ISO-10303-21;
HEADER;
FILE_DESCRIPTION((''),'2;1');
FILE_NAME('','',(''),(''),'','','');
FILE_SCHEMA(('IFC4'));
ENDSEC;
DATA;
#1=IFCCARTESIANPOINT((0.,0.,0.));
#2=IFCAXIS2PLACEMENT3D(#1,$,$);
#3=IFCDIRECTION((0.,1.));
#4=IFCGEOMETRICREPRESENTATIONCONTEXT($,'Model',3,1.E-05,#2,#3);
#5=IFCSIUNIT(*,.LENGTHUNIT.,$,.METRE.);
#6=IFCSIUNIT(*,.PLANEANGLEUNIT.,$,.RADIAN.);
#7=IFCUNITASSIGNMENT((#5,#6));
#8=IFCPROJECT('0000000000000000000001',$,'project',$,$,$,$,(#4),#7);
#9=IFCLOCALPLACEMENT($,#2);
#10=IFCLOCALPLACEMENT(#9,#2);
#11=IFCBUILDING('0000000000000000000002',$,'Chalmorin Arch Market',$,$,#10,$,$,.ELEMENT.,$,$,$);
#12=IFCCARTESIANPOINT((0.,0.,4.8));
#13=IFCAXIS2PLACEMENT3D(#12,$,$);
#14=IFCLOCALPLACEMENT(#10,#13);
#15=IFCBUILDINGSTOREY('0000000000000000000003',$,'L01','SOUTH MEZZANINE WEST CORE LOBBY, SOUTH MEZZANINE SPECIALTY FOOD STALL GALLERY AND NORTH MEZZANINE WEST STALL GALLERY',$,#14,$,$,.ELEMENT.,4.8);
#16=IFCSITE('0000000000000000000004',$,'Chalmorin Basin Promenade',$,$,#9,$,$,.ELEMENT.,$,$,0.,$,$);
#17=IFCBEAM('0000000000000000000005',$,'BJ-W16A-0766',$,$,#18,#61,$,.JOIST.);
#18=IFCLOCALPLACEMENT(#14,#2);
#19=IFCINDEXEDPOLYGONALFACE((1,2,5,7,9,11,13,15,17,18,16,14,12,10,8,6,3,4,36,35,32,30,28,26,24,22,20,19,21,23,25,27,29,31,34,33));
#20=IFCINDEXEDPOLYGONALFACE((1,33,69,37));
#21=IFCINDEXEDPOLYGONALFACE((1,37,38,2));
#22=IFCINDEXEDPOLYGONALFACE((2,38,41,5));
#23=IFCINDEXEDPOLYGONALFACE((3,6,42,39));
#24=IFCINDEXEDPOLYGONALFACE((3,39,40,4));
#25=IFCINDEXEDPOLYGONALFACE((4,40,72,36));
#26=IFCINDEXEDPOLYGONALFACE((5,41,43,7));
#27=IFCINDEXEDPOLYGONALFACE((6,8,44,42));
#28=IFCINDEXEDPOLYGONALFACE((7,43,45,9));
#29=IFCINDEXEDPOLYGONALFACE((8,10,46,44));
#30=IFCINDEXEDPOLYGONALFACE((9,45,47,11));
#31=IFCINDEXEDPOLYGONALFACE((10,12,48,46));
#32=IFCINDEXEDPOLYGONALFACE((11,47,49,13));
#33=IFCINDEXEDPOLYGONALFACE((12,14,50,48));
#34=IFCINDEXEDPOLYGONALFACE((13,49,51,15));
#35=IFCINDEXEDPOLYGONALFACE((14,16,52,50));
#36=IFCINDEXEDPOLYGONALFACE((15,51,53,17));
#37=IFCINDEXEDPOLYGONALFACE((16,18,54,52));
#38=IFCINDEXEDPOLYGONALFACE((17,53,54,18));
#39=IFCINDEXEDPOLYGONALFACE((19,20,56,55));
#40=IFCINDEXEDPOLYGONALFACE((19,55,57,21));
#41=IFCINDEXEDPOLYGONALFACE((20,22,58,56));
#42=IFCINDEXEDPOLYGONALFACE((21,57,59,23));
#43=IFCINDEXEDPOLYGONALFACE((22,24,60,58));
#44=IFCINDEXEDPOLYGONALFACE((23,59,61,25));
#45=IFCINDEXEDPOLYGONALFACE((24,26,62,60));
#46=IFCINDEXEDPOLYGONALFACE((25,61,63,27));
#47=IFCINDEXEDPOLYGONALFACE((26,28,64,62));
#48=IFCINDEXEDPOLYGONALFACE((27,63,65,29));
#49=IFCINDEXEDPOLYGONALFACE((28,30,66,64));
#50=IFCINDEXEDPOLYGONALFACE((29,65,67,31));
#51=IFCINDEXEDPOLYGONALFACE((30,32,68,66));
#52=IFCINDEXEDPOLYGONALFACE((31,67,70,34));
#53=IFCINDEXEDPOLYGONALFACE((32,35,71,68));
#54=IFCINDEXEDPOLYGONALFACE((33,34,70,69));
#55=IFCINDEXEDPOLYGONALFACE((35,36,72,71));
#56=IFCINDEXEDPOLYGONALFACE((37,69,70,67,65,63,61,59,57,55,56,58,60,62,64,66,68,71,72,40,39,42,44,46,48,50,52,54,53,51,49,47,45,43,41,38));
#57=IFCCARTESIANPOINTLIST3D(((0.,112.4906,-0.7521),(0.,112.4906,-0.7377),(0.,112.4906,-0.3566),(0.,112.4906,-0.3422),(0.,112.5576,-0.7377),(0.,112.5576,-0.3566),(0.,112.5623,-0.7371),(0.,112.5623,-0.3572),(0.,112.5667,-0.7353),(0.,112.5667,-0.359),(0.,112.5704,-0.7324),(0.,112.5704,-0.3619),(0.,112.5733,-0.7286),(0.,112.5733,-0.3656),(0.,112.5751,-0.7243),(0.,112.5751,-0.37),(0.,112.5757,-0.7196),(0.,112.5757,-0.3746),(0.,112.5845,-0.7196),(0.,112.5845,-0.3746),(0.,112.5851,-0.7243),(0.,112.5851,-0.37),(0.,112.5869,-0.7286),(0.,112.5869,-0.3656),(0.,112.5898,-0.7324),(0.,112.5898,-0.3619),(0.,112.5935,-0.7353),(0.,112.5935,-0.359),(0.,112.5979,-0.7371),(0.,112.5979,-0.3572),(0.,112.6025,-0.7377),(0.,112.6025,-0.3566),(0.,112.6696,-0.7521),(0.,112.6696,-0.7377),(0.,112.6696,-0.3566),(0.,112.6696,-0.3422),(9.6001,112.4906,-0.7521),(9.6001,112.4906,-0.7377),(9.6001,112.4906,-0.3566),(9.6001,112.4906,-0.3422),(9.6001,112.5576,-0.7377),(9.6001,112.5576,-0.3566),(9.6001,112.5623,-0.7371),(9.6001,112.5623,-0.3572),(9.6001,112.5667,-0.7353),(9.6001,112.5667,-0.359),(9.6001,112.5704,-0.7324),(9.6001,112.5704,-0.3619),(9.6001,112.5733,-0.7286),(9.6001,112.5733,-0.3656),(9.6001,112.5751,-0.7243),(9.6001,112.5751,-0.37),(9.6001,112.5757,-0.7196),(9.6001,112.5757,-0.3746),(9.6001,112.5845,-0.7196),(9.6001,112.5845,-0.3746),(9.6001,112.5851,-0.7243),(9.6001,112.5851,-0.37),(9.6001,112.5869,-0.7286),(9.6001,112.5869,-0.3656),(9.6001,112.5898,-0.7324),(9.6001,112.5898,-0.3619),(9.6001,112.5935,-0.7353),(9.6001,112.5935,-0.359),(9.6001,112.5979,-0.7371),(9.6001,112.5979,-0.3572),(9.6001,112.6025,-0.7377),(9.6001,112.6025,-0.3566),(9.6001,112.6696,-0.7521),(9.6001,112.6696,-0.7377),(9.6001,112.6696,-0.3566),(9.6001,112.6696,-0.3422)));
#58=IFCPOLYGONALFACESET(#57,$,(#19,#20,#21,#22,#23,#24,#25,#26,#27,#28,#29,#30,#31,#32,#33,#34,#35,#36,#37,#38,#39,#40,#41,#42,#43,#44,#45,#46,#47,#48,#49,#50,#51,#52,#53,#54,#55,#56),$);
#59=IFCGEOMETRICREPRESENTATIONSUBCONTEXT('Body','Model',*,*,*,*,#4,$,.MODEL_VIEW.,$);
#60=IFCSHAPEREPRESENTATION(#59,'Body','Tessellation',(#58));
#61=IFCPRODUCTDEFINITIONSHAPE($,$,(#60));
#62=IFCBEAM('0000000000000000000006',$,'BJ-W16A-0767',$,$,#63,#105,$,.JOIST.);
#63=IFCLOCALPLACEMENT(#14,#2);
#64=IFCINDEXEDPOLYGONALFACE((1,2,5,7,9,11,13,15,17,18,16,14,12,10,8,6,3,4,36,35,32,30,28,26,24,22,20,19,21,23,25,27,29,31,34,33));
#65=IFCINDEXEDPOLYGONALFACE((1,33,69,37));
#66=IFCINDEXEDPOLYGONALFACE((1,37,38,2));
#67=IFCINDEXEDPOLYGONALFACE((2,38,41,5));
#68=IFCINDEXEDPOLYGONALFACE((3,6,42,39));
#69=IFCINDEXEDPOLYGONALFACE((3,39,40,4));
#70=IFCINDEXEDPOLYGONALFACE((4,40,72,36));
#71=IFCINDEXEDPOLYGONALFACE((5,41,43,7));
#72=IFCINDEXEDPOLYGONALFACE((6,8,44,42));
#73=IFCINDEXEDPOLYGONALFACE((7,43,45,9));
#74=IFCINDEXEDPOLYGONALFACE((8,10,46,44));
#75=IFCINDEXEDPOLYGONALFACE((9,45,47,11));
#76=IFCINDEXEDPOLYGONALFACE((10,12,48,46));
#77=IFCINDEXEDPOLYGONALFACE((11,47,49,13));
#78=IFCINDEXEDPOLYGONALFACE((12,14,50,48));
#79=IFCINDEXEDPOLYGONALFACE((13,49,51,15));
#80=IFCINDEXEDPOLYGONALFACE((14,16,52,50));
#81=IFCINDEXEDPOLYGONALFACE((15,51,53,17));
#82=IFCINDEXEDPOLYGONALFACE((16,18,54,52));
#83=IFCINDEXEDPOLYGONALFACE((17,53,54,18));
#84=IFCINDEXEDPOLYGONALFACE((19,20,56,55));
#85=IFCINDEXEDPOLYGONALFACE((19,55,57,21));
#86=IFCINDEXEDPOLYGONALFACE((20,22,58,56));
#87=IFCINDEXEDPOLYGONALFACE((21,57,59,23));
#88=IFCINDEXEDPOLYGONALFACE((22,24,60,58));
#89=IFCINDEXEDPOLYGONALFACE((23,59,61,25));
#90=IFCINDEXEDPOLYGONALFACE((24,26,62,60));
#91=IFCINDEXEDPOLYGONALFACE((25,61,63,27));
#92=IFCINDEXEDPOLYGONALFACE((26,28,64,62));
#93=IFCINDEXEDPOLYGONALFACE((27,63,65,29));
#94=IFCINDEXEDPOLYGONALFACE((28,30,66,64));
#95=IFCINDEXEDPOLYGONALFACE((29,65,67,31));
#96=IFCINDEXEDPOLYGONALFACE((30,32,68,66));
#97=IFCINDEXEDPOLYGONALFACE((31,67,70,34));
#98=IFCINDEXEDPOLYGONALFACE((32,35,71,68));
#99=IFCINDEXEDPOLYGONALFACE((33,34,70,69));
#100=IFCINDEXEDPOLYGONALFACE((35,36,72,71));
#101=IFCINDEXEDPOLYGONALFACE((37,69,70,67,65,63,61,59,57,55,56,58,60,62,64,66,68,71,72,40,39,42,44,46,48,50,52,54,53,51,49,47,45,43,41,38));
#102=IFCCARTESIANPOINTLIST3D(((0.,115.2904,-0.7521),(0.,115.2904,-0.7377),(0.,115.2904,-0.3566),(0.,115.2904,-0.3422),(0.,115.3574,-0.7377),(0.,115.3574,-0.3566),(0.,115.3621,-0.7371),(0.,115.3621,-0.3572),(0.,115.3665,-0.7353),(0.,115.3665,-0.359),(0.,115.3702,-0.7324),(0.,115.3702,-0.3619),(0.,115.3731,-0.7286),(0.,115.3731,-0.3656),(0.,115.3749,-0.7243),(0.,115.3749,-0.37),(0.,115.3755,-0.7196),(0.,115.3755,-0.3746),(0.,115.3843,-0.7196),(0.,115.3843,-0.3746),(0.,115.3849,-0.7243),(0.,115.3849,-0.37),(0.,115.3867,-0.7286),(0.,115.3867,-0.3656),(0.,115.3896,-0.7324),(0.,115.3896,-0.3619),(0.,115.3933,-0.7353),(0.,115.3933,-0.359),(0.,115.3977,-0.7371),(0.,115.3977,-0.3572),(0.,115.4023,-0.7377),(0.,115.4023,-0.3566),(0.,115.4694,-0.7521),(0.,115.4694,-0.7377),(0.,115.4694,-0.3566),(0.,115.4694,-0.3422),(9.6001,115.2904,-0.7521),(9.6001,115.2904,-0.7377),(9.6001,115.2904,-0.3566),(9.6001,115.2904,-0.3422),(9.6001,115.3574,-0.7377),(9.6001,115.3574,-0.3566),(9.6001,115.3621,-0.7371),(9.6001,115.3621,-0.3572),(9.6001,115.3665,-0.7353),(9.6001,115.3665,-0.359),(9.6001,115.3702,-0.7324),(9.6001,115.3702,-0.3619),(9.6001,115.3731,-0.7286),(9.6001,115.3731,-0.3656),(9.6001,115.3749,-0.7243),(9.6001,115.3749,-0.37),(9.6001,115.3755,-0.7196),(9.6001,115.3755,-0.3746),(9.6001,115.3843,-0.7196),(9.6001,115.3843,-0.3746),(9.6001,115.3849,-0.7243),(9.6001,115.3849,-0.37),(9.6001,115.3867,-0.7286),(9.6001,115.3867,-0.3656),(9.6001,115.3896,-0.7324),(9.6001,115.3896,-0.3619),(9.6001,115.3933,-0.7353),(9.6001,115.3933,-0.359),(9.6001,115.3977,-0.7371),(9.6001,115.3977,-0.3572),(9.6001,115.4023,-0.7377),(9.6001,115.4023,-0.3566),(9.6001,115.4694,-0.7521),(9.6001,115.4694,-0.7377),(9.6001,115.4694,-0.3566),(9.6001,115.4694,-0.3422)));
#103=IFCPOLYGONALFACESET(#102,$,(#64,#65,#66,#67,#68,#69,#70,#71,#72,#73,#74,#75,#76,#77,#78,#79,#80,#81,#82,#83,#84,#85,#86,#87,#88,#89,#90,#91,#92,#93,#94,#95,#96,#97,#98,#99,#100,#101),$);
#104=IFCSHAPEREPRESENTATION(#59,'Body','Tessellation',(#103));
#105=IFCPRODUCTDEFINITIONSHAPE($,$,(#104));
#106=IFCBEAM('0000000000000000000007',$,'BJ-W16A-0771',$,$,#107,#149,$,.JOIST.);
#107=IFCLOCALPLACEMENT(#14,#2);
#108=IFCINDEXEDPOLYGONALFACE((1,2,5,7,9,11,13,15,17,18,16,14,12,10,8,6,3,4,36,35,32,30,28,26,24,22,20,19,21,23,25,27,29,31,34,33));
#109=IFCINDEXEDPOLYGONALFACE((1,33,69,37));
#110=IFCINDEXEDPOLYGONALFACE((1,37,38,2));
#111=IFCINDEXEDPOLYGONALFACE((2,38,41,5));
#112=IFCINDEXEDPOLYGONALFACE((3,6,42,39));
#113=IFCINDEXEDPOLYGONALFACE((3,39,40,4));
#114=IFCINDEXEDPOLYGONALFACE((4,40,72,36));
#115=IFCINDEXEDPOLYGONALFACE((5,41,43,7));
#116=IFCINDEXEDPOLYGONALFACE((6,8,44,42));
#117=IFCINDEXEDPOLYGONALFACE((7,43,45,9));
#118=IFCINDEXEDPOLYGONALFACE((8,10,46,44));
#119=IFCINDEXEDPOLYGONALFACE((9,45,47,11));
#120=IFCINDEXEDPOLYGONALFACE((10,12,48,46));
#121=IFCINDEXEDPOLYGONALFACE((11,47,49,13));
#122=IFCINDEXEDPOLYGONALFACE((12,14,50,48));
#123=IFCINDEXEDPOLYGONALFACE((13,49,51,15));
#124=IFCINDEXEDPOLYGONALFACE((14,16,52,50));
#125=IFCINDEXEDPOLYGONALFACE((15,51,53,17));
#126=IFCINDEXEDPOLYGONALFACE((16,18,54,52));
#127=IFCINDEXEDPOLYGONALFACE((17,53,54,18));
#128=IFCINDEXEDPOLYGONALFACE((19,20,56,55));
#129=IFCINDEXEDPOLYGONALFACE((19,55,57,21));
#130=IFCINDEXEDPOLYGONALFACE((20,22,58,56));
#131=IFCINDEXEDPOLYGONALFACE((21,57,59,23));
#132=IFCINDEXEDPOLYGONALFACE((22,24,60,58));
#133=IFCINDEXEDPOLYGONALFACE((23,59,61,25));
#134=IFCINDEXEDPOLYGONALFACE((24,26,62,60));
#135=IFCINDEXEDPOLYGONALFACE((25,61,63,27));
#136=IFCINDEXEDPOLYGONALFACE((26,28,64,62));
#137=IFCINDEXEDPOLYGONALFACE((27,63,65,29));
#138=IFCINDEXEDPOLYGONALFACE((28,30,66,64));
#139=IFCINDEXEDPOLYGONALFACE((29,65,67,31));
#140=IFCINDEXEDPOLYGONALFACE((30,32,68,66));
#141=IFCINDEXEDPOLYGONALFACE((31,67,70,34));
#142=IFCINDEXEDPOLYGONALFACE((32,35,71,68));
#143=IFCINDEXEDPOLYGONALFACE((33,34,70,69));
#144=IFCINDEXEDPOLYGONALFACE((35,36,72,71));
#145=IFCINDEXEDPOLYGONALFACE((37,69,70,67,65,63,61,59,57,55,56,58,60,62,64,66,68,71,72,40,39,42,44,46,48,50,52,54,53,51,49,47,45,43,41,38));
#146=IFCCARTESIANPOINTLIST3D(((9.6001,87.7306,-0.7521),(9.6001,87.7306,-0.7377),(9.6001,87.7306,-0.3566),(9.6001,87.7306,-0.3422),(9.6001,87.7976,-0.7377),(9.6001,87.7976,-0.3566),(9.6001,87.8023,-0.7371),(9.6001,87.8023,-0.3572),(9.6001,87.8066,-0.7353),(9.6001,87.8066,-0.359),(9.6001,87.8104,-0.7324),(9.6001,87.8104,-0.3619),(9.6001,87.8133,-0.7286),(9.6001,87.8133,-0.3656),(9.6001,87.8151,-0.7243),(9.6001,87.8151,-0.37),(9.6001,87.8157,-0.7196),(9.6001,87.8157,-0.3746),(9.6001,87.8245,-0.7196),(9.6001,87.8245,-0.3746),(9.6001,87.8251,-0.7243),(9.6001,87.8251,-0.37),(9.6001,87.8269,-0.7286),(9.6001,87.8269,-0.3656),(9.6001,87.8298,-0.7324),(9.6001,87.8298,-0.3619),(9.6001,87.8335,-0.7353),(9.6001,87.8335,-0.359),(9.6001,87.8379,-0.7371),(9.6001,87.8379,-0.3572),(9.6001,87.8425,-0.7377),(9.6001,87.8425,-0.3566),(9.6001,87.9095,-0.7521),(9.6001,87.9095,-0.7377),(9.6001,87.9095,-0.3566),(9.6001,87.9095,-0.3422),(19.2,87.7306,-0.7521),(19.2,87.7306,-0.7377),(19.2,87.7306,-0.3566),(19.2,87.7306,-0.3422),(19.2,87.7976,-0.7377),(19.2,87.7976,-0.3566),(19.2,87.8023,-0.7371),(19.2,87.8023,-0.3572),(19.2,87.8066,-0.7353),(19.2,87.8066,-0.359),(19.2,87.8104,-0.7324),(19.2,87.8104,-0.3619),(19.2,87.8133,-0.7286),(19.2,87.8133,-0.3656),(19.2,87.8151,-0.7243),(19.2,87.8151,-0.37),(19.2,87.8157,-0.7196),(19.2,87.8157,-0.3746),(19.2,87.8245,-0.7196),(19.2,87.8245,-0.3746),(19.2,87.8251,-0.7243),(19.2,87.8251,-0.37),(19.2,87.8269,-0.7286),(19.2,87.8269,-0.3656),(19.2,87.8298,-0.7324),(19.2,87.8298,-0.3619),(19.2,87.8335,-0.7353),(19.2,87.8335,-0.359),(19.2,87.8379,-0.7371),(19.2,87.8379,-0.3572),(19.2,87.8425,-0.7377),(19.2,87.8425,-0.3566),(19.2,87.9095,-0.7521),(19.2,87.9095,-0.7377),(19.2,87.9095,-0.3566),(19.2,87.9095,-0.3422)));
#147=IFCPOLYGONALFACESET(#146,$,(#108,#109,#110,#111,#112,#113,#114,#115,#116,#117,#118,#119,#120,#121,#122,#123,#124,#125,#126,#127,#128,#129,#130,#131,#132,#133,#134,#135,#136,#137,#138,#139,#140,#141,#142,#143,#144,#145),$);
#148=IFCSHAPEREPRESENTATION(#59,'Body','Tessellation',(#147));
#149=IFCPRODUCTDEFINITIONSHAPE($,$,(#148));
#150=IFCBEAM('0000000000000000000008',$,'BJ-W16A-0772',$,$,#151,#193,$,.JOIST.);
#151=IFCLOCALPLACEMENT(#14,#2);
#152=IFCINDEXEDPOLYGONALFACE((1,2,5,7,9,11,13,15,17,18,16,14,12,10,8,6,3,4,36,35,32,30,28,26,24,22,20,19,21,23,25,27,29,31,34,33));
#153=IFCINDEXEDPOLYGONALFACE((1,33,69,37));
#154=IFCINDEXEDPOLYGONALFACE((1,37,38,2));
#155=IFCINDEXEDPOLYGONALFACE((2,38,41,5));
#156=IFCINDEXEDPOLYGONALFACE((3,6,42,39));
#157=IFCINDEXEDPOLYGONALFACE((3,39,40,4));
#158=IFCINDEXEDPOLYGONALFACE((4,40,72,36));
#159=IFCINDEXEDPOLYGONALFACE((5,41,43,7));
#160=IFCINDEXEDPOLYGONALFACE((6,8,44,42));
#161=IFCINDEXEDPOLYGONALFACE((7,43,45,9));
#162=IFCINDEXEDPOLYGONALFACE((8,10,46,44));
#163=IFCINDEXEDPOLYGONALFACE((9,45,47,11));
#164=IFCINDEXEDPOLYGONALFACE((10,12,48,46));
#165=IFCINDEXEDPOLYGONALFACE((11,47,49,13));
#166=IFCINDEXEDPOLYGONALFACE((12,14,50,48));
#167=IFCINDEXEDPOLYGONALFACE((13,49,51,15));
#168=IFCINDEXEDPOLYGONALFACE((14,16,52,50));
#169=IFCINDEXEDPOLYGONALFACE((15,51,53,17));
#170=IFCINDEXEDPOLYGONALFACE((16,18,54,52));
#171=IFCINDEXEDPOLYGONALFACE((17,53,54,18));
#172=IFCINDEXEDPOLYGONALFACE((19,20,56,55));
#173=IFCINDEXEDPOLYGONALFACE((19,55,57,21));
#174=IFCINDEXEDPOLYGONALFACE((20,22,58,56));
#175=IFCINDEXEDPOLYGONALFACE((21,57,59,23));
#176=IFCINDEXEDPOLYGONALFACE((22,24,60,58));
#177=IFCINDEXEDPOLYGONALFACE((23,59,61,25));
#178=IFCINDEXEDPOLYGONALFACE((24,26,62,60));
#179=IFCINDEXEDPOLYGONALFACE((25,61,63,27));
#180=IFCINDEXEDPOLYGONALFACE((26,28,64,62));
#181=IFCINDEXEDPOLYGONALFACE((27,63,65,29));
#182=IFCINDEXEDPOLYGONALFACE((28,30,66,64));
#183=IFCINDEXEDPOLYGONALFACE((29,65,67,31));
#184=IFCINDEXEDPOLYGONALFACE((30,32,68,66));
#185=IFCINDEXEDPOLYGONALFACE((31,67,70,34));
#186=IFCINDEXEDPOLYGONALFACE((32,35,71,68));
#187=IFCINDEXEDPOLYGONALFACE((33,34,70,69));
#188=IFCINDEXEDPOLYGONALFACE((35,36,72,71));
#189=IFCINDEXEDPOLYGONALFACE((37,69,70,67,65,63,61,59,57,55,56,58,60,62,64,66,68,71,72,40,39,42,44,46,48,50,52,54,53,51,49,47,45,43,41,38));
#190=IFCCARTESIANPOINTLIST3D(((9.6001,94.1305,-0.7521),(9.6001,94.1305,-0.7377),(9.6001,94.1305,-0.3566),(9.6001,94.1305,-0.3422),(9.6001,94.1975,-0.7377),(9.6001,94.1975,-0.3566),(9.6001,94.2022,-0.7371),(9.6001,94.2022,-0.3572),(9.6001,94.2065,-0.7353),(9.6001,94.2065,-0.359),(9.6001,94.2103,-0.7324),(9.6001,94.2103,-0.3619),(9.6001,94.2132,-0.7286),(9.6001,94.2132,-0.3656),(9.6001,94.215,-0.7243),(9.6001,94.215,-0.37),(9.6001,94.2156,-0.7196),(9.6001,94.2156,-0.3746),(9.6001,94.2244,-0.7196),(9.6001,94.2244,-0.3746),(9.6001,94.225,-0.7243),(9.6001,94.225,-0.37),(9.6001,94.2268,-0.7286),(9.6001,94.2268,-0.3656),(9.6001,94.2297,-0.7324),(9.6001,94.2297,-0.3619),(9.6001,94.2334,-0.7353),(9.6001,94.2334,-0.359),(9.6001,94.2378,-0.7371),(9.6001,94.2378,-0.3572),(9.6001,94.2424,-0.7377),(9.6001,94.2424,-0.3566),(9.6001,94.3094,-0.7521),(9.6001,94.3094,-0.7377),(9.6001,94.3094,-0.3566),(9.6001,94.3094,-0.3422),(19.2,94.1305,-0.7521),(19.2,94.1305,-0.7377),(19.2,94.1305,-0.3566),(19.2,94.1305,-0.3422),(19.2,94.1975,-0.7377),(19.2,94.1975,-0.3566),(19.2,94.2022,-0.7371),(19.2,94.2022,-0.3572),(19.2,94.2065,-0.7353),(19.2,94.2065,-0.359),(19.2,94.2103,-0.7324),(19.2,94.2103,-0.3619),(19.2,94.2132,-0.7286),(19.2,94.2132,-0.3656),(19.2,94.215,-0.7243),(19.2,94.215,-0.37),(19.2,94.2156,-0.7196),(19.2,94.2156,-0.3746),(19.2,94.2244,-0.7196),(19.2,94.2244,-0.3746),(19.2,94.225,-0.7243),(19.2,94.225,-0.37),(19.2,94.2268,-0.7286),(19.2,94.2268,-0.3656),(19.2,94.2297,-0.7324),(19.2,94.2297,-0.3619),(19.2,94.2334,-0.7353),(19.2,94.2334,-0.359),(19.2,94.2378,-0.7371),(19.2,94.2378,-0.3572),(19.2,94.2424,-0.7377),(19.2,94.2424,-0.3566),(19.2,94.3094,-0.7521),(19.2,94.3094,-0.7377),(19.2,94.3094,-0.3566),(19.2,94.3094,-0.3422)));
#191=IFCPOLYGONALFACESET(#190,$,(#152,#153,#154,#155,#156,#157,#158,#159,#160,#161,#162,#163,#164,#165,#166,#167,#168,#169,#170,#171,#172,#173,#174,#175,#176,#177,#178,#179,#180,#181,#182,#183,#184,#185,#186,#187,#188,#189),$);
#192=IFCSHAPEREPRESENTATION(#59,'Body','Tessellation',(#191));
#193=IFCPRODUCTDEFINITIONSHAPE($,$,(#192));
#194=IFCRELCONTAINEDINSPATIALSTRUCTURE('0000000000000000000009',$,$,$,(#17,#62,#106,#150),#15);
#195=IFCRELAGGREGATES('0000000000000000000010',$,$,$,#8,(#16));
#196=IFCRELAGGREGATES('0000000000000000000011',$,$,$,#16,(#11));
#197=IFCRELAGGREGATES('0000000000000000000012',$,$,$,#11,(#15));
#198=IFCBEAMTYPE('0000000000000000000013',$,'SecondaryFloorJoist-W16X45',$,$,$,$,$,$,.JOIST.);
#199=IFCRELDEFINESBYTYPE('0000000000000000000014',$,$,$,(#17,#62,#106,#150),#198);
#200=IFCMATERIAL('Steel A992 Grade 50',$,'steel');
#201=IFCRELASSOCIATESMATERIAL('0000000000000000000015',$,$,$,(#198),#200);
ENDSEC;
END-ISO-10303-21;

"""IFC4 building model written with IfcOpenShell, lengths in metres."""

from ifc_helpers import new_model, si_unit, direction, frame, origin, origin_2d, place, context, subcontext, project, spatial, i_section, extrude, material, material_profile, profile_set, type_object, element, save


model = new_model("IFC4")

# Units and contexts
model_context = context("Model", 3, precision=1e-05, world=origin(), true_north=direction((0.0, 1.0)))
body_context = subcontext(model_context, "Body", "Model", "MODEL_VIEW")
ifc_project = project(units=[si_unit("LENGTHUNIT", "METRE"), si_unit("PLANEANGLEUNIT", "RADIAN")], contexts=[model_context])

# Site, building, storey
site_placement = place(None, origin())
site = spatial("IfcSite", under=ifc_project, at=site_placement, Name="Chalmorin Basin Promenade", CompositionType="ELEMENT", RefElevation=0.0)
building_placement = place(site_placement, origin())
building = spatial("IfcBuilding", under=site, at=building_placement, Name="Chalmorin Arch Market", CompositionType="ELEMENT")
storey_placement = place(building_placement, frame((0.0, 0.0, 4.8)))
storey = spatial("IfcBuildingStorey", under=building, at=storey_placement, Name="L01", Description="SOUTH MEZZANINE WEST CORE LOBBY, SOUTH MEZZANINE SPECIALTY FOOD STALL GALLERY AND NORTH MEZZANINE WEST STALL GALLERY", CompositionType="ELEMENT", Elevation=4.8)

# Beams
ifc_material = material(Name="Steel A992 Grade 50", Category="steel")
ifc_material_profile_1 = material_profile(ifc_material, i_section(OverallWidth=0.179, OverallDepth=0.4099, WebThickness=0.0088, FlangeThickness=0.0144, FilletRadius=0.0181, at=origin_2d()), Name="W16X45")
ifc_profile_set_1 = profile_set([ifc_material_profile_1], Name="Steel A992 Grade 50")
beam_type_1 = type_object("IfcBeamType", Name="SecondaryFloorJoist-W16X45", PredefinedType="JOIST", material=ifc_profile_set_1)
for number, where, z_axis, x_axis, name in (
    (1, (0.0, 112.5801, -0.5471), (1.0, 0.0, 0.0), (0.0, 1.0, 0.0), "BJ-W16A-0766"),
    (2, (0.0, 115.3799, -0.5471), (1.0, 0.0, 0.0), (0.0, 1.0, 0.0), "BJ-W16A-0767"),
):
    element("IfcBeam", number, at=place(storey_placement, frame(where, z_axis=z_axis, x_axis=x_axis)), inside=storey, type_object=beam_type_1, Name=name, PredefinedType="JOIST", context=body_context, shape_type="SweptSolid", body=[
        extrude(i_section(OverallWidth=0.179, OverallDepth=0.4099, WebThickness=0.0088, FlangeThickness=0.0144, FilletRadius=0.0181, at=origin_2d()), origin(), (0.0, 0.0, 1.0), 9.6001),
    ])
for number, where, z_axis, x_axis, name in (
    (3, (9.6001, 87.8201, -0.5471), (1.0, 0.0, 0.0), (0.0, 1.0, 0.0), "BJ-W16A-0771"),
    (4, (9.6001, 94.22, -0.5471), (1.0, 0.0, 0.0), (0.0, 1.0, 0.0), "BJ-W16A-0772"),
):
    element("IfcBeam", number, at=place(storey_placement, frame(where, z_axis=z_axis, x_axis=x_axis)), inside=storey, type_object=beam_type_1, Name=name, PredefinedType="JOIST", context=body_context, shape_type="SweptSolid", body=[
        extrude(i_section(OverallWidth=0.179, OverallDepth=0.4099, WebThickness=0.0088, FlangeThickness=0.0144, FilletRadius=0.0181, at=origin_2d()), origin(), (0.0, 0.0, 1.0), 9.5999),
    ])

save(model, "model.ifc")
